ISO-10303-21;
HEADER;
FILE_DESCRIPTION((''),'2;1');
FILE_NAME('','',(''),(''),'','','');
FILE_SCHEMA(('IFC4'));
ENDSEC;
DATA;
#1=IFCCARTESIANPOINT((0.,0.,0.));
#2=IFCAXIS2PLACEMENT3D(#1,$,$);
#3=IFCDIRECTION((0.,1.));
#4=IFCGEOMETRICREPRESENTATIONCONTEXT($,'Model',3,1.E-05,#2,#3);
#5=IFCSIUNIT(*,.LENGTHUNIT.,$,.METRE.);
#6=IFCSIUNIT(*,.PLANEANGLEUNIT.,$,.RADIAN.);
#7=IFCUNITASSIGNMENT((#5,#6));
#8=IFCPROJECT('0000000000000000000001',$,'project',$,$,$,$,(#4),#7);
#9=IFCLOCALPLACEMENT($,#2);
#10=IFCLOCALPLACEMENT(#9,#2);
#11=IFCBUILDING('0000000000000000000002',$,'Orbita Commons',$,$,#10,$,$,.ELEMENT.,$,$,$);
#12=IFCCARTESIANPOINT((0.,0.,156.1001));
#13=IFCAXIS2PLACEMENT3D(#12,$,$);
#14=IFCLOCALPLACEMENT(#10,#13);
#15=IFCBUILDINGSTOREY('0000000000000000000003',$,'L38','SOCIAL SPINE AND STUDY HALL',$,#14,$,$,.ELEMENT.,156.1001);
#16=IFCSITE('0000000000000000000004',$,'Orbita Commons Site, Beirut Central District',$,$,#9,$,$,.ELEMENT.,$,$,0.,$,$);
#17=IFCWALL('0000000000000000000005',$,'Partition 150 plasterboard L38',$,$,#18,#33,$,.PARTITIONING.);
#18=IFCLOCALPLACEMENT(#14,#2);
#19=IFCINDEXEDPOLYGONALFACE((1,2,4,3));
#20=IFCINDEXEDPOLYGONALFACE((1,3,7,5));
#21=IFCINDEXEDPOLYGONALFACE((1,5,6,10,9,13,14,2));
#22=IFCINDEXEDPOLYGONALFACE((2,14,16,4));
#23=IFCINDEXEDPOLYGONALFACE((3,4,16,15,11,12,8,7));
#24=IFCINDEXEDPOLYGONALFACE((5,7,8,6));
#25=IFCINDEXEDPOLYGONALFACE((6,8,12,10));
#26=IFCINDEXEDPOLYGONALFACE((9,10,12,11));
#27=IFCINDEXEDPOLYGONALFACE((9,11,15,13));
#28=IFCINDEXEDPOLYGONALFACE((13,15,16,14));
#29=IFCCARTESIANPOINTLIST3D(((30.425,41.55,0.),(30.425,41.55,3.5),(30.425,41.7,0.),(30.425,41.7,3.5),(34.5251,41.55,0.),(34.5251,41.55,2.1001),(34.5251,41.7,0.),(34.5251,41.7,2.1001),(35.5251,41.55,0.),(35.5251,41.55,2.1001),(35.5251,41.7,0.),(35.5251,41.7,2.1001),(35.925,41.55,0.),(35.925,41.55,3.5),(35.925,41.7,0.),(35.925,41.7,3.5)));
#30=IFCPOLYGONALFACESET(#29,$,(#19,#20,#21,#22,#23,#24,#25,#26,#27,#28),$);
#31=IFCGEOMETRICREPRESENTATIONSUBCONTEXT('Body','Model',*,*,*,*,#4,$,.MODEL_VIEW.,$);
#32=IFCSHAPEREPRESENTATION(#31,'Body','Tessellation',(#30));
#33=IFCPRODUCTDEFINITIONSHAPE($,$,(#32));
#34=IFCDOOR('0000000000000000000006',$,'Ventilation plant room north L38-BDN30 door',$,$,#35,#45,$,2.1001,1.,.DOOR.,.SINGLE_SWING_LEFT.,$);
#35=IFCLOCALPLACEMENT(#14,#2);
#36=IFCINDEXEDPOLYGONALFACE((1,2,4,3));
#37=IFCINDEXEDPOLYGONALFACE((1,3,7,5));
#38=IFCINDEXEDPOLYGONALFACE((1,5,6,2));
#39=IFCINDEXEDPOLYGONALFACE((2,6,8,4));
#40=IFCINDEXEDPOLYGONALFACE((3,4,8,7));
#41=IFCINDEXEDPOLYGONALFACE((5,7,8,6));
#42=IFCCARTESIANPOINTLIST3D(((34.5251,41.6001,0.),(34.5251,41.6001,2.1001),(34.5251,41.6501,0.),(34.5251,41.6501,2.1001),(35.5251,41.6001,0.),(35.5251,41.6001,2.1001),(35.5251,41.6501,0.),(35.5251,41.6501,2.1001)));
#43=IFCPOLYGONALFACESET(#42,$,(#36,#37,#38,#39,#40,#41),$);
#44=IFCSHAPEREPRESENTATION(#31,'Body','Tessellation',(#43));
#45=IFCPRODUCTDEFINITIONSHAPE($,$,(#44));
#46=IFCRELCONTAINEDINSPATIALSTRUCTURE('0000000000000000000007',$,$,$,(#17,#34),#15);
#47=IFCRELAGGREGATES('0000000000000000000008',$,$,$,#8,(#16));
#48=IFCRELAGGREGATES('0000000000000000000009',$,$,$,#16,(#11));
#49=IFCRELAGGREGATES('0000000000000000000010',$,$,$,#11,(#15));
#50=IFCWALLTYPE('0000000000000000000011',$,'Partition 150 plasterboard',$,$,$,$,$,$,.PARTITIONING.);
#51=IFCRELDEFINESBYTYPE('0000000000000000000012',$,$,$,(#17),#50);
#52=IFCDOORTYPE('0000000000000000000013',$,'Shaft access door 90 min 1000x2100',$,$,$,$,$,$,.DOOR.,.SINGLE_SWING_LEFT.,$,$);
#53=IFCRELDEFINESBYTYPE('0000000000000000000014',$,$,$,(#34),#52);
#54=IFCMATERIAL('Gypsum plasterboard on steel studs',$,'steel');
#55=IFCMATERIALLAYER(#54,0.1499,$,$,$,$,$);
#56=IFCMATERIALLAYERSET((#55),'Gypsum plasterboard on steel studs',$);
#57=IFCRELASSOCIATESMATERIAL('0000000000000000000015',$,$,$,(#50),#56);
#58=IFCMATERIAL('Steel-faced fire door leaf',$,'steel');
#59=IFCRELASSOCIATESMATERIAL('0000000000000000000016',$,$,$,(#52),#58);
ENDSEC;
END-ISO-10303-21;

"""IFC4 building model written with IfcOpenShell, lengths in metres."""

from ifc_helpers import new_model, si_unit, direction, frame, frame_2d, origin, place, context, subcontext, project, spatial, rectangle, extrude, material, layer, layer_set, type_object, element, fill, save


model = new_model("IFC4")

# Units and contexts
model_context = context("Model", 3, precision=1e-05, world=origin(), true_north=direction((0.0, 1.0)))
body_context = subcontext(model_context, "Body", "Model", "MODEL_VIEW")
ifc_project = project(units=[si_unit("LENGTHUNIT", "METRE"), si_unit("PLANEANGLEUNIT", "RADIAN")], contexts=[model_context])

# Site, building, storey
site_placement = place(None, origin())
site = spatial("IfcSite", under=ifc_project, at=site_placement, Name="Orbita Commons Site, Beirut Central District", CompositionType="ELEMENT", RefElevation=0.0)
building_placement = place(site_placement, origin())
building = spatial("IfcBuilding", under=site, at=building_placement, Name="Orbita Commons", CompositionType="ELEMENT")
storey_placement = place(building_placement, frame((0.0, 0.0, 156.1001)))
storey = spatial("IfcBuildingStorey", under=building, at=storey_placement, Name="L38", Description="SOCIAL SPINE AND STUDY HALL", CompositionType="ELEMENT", Elevation=156.1001)

# Wall, opening, door
ifc_material_1 = material(Name="Gypsum plasterboard on steel studs", Category="steel")
ifc_layer_1 = layer(ifc_material_1, 0.1499)
ifc_layer_set_1 = layer_set([ifc_layer_1], Name="Gypsum plasterboard on steel studs")
wall_type_1 = type_object("IfcWallType", Name="Partition 150 plasterboard", PredefinedType="PARTITIONING", material=ifc_layer_set_1)
wall_1_placement = place(storey_placement, frame((35.925, 41.625, 0.0), z_axis=(0.0, 0.0, 1.0), x_axis=(-1.0, 0.0, 0.0)))
wall_1 = element("IfcWall", 1, at=wall_1_placement, inside=storey, type_object=wall_type_1, Name="Partition 150 plasterboard L38", PredefinedType="PARTITIONING", context=body_context, shape_type="SweptSolid", body=[
    extrude(rectangle(XDim=5.5, YDim=0.1499, at=frame_2d((2.75, 0.0))), origin(), (0.0, 0.0, 1.0), 3.5),
])
opening_1_placement = place(wall_1_placement, frame((0.3999, 0.0, 0.0)))
opening_1 = element("IfcOpeningElement", 2, at=opening_1_placement, cuts=wall_1, PredefinedType="OPENING", context=body_context, shape_type="SweptSolid", body=[
    extrude(rectangle(XDim=1.0, YDim=2.1001, at=frame_2d((0.5, 1.05))), frame((0.0, 0.085, 0.0), z_axis=(0.0, -1.0, 0.0), x_axis=(1.0, 0.0, 0.0)), (0.0, 0.0, 1.0), 0.1699),
])
ifc_material_2 = material(Name="Steel-faced fire door leaf", Category="steel")
door_type_1 = type_object("IfcDoorType", Name="Shaft access door 90 min 1000x2100", OperationType="SINGLE_SWING_LEFT", PredefinedType="DOOR", material=ifc_material_2)
door_1_placement = place(opening_1_placement, origin())
door_1 = element("IfcDoor", 3, at=door_1_placement, inside=storey, type_object=door_type_1, Name="Ventilation plant room north L38-BDN30 door", OperationType="SINGLE_SWING_LEFT", OverallHeight=2.1001, OverallWidth=1.0, PredefinedType="DOOR", context=body_context, shape_type="SweptSolid", body=[
    extrude(rectangle(XDim=1.0, YDim=2.1001, at=frame_2d((0.5, 1.05))), frame((0.0, 0.0249, 0.0), z_axis=(0.0, -1.0, 0.0), x_axis=(1.0, 0.0, 0.0)), (0.0, 0.0, 1.0), 0.05),
])
fill(opening_1, door_1)

save(model, "model.ifc")
